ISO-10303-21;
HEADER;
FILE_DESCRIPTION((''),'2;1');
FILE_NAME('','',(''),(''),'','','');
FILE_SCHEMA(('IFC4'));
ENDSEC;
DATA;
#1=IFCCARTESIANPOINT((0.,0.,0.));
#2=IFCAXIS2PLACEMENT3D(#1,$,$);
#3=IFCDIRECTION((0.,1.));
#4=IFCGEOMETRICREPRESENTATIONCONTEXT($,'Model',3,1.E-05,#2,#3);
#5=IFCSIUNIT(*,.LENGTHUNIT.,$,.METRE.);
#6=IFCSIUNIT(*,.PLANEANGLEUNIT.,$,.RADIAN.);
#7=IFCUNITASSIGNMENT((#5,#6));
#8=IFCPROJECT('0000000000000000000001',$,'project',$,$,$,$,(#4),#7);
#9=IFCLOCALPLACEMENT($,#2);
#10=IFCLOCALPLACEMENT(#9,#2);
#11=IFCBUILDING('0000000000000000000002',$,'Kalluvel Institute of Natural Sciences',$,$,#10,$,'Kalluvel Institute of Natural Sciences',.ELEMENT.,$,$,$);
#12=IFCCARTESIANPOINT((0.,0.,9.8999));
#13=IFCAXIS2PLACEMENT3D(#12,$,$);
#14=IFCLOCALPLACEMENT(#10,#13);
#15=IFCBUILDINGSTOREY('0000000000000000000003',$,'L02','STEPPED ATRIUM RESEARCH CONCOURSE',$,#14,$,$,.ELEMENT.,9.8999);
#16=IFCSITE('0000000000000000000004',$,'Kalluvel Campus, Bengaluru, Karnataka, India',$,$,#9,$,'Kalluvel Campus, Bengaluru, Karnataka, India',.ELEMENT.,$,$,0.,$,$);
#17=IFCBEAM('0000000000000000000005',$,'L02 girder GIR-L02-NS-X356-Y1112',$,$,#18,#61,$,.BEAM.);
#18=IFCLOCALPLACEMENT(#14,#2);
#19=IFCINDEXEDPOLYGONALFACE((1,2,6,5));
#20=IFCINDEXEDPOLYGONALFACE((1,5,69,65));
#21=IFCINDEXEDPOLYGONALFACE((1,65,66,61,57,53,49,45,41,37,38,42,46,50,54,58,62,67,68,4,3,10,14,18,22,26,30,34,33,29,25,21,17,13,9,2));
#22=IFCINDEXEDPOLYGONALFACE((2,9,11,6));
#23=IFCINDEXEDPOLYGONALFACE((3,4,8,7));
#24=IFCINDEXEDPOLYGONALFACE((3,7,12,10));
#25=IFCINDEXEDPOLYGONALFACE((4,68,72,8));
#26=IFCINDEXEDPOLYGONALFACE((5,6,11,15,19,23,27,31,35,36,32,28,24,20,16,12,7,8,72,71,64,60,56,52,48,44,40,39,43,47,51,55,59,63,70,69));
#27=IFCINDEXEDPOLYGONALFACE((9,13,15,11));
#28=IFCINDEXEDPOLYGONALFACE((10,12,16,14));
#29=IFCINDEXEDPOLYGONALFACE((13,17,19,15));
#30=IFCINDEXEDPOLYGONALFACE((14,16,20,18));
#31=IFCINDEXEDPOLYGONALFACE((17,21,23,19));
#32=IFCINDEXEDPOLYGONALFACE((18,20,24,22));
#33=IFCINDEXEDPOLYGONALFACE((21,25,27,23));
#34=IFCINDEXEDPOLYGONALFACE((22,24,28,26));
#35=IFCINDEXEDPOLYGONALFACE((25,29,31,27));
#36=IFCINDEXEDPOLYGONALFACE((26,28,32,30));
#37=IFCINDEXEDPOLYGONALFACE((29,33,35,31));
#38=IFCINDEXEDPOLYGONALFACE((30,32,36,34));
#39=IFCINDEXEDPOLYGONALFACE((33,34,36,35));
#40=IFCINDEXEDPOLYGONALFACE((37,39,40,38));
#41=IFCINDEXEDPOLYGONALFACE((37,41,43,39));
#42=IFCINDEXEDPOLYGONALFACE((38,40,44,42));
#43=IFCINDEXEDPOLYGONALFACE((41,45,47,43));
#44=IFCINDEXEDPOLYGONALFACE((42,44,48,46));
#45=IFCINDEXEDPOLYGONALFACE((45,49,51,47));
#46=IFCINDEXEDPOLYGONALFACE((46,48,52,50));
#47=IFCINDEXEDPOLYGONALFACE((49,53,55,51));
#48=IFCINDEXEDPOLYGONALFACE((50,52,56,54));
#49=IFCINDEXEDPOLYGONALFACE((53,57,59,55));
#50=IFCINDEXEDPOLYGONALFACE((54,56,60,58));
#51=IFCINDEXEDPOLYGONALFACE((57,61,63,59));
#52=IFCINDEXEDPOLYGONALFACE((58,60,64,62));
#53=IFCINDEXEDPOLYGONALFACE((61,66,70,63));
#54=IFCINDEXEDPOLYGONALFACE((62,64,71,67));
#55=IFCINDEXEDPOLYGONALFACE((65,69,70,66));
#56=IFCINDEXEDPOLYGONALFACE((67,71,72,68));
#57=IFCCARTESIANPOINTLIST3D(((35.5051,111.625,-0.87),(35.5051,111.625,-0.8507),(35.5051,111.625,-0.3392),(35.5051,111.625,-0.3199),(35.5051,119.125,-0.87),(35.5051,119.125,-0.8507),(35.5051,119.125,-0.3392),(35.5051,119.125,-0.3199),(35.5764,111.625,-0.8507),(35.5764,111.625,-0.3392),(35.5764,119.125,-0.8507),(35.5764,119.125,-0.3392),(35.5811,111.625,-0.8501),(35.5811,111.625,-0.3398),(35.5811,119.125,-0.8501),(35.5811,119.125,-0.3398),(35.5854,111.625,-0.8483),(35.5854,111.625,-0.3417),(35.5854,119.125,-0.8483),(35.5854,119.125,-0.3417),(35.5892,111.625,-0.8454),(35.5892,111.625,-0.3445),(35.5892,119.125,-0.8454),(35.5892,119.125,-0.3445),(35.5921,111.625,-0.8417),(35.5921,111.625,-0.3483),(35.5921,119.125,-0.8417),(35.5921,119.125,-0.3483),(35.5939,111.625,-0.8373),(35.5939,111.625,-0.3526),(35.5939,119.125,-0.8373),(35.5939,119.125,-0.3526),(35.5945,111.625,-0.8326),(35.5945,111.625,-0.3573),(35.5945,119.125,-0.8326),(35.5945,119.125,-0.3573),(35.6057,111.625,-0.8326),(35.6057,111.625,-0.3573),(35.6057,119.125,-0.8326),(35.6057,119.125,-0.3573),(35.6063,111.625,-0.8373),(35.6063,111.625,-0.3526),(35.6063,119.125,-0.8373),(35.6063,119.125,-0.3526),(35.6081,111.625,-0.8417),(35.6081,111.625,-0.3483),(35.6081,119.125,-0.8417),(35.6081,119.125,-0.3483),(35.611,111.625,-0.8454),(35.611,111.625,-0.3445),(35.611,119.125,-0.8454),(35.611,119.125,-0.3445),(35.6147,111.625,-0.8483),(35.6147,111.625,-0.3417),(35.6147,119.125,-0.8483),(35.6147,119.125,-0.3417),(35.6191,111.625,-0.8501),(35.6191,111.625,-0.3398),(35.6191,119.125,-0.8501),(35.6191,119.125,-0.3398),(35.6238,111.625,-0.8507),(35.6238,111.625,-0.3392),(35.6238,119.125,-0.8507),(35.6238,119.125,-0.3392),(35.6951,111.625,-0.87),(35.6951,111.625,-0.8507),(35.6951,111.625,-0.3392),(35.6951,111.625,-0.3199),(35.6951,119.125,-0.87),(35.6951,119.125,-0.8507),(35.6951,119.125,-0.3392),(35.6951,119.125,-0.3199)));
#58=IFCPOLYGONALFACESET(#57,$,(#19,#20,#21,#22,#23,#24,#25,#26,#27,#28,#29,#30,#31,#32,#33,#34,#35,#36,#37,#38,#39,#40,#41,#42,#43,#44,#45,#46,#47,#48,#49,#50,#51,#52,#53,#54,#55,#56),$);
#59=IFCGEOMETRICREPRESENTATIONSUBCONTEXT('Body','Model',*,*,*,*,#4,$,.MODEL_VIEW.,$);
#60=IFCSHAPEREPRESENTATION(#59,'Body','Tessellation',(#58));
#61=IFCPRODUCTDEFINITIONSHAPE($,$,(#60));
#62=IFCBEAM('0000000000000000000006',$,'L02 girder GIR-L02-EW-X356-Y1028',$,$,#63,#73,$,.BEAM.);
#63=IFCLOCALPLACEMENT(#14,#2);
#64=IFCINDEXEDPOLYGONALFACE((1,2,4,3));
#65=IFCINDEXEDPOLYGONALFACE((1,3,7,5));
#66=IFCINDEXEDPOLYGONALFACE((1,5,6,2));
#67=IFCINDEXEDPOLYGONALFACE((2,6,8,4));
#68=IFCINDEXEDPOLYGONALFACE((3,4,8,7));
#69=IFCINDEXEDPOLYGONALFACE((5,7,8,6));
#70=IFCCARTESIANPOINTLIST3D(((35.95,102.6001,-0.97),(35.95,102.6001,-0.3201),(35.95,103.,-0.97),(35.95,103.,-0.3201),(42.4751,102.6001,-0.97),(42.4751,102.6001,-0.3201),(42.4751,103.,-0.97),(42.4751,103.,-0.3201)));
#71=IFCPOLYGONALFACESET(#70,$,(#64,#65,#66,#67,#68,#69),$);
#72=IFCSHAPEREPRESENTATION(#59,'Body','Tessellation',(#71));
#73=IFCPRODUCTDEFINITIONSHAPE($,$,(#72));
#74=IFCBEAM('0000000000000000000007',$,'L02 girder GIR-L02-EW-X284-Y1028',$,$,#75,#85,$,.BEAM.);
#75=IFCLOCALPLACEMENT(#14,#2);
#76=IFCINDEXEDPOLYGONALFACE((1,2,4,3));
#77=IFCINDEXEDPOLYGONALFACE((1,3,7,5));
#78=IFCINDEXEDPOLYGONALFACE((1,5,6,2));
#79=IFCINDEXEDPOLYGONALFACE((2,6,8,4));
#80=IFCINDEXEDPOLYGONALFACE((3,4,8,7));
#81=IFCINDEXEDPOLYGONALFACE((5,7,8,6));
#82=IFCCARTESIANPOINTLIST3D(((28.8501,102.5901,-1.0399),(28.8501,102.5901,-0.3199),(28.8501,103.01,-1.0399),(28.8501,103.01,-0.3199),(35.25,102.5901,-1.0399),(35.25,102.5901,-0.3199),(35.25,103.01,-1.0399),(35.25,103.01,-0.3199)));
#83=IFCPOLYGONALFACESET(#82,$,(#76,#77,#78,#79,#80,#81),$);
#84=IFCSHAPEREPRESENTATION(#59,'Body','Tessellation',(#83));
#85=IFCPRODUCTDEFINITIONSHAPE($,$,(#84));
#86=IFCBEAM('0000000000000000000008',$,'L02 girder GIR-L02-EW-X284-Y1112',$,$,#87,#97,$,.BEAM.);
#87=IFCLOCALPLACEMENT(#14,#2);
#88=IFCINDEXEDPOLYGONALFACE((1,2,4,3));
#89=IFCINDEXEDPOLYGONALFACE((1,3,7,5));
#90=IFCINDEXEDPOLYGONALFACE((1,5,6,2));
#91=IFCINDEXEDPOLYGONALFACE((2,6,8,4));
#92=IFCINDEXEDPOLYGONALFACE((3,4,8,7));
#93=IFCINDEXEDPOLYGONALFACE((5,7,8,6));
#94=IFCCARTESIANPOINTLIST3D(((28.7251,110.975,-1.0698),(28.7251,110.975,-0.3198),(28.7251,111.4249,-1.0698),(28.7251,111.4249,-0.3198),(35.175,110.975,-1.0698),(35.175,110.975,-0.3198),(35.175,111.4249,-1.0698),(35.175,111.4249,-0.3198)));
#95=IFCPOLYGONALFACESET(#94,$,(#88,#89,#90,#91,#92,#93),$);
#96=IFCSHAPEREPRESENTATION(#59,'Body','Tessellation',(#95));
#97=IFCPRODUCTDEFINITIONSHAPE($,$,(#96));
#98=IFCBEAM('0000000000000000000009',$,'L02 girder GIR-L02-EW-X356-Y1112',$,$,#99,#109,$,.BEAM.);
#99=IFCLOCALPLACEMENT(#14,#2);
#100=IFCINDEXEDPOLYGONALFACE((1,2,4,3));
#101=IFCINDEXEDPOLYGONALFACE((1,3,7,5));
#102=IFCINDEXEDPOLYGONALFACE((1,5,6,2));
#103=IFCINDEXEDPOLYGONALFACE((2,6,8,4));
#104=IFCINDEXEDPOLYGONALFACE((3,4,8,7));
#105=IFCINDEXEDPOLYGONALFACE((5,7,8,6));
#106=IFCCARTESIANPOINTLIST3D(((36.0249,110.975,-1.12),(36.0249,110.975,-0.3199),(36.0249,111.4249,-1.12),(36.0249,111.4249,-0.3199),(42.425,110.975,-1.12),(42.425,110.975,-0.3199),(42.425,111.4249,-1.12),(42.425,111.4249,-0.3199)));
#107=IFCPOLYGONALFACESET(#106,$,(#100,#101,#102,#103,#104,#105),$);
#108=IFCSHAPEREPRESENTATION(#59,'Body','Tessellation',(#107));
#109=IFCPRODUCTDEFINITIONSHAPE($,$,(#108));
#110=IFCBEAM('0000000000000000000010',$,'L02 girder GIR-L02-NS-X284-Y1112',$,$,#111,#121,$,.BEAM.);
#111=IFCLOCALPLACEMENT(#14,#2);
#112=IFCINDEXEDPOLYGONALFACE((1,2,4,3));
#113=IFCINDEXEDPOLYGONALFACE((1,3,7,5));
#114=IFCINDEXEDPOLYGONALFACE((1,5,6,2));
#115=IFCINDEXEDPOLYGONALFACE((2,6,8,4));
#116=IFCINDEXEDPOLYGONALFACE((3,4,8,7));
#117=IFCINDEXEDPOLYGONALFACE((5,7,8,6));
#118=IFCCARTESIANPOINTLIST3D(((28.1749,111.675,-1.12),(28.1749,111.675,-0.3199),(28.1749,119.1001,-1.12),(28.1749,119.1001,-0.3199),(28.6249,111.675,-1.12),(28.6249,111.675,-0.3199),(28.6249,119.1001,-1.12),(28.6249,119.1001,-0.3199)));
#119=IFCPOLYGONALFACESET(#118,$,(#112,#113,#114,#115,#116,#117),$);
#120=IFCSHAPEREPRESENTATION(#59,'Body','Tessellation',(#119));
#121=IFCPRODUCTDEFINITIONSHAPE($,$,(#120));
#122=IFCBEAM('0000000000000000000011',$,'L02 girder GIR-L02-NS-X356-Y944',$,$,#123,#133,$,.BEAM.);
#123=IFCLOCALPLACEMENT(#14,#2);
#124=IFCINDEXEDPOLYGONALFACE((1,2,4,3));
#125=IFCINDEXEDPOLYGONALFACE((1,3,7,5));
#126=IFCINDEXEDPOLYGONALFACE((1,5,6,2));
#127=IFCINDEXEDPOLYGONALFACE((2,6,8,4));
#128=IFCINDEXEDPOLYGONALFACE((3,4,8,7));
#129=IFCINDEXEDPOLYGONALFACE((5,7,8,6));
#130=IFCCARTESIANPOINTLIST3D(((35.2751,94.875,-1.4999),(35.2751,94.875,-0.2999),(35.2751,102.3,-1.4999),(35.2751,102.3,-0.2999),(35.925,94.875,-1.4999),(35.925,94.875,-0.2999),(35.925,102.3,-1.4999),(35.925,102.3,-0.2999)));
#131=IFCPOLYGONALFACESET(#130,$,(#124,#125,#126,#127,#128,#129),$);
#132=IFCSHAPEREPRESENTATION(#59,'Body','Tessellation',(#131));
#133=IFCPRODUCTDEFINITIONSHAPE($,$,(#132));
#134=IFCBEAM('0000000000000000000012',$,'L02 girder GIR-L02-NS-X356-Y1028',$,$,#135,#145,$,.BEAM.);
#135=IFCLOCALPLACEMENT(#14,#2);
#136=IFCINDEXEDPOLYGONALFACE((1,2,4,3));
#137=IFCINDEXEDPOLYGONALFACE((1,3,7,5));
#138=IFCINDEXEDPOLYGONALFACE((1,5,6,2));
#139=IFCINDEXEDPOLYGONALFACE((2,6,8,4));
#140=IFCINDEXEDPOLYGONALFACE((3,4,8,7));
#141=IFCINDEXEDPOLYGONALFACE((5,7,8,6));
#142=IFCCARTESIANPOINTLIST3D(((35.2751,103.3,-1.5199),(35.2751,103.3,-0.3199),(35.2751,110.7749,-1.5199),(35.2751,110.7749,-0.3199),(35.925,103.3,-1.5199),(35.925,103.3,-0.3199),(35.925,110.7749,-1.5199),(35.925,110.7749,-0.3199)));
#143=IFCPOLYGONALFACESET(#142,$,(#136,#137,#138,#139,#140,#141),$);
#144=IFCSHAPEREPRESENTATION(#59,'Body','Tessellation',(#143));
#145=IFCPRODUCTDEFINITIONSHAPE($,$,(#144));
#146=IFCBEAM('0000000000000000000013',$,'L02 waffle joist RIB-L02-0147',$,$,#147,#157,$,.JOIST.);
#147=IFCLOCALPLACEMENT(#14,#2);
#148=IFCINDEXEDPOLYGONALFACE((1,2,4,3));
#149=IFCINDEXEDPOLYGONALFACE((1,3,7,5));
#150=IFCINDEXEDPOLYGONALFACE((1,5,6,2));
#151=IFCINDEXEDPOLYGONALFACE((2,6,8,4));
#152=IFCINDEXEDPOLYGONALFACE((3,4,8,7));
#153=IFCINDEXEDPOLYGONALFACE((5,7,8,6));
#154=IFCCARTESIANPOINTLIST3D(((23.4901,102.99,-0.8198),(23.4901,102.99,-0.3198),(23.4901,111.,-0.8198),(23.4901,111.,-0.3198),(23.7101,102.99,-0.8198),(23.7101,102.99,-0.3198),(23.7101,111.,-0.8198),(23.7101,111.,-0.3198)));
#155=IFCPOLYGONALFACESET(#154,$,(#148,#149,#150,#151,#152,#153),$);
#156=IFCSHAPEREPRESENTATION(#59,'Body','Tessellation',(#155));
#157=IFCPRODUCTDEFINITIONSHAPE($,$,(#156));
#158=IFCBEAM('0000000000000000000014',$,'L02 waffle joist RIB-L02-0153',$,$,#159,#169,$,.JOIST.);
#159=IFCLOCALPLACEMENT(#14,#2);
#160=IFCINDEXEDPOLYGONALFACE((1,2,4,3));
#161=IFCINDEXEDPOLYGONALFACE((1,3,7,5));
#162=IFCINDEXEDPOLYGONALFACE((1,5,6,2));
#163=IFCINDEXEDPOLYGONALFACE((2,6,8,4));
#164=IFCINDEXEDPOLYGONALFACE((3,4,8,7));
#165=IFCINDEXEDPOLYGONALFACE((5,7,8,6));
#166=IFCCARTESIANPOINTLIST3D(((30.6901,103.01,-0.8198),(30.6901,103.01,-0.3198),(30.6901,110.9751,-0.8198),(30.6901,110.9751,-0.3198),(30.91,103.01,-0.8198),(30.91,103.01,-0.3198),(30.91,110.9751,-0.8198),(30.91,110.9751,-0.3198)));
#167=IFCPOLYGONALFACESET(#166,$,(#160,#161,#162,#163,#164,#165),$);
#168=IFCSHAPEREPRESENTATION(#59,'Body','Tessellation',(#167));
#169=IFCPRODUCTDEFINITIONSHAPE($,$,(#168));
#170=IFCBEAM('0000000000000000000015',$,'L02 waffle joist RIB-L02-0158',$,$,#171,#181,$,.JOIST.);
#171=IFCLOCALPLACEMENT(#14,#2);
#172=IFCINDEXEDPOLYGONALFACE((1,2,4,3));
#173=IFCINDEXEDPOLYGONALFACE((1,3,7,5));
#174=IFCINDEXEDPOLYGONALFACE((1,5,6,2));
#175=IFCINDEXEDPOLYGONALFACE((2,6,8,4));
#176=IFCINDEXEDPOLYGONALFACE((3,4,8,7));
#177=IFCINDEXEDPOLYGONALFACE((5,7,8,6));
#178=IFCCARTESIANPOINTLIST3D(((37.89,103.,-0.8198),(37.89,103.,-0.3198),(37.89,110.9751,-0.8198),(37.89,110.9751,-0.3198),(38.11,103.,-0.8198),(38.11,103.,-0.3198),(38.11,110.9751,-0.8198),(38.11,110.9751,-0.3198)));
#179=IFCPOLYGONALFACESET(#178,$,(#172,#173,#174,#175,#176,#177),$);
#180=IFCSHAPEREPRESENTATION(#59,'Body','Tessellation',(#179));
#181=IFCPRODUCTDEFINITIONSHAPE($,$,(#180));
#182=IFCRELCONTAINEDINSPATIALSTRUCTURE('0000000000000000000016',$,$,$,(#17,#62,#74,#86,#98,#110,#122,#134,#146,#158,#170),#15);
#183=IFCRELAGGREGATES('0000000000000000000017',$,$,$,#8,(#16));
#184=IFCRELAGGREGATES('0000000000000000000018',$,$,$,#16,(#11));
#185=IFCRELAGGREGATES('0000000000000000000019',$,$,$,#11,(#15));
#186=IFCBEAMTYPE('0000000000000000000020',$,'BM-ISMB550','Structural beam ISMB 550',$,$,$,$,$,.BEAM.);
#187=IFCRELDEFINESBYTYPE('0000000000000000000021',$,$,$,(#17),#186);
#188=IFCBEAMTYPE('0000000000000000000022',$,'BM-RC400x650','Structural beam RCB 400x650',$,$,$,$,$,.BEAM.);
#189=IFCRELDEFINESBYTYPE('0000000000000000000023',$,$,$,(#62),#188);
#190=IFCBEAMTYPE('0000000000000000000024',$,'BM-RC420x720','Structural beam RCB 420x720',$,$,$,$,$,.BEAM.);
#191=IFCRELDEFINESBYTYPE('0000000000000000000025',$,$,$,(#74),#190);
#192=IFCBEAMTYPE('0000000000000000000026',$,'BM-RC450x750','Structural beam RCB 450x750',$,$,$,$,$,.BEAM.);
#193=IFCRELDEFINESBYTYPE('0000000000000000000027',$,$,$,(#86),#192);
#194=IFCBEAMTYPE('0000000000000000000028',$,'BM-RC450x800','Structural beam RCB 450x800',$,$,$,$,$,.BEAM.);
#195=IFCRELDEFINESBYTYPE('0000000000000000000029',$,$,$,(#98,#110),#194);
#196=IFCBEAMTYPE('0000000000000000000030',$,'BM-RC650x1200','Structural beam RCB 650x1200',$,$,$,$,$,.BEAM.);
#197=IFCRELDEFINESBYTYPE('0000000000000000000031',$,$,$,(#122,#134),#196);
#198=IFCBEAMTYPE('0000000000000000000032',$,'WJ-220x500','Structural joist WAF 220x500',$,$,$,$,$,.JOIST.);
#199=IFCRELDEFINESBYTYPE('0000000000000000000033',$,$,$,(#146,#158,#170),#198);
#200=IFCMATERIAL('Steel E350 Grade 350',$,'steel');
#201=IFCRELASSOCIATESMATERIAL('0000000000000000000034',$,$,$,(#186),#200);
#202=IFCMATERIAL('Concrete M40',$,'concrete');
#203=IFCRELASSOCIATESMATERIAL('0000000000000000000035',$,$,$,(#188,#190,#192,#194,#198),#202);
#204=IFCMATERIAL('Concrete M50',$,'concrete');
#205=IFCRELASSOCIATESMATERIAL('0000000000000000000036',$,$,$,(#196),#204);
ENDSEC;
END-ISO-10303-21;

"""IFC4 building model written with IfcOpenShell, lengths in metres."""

from ifc_helpers import new_model, si_unit, direction, frame, origin, origin_2d, place, context, subcontext, project, spatial, rectangle, i_section, extrude, material, material_profile, profile_set, type_object, element, save


model = new_model("IFC4")

# Units and contexts
model_context = context("Model", 3, precision=1e-05, world=origin(), true_north=direction((0.0, 1.0)))
body_context = subcontext(model_context, "Body", "Model", "MODEL_VIEW")
ifc_project = project(units=[si_unit("LENGTHUNIT", "METRE"), si_unit("PLANEANGLEUNIT", "RADIAN")], contexts=[model_context])

# Site, building, storey
site_placement = place(None, origin())
site = spatial("IfcSite", under=ifc_project, at=site_placement, Name="Kalluvel Campus, Bengaluru, Karnataka, India", LongName="Kalluvel Campus, Bengaluru, Karnataka, India", CompositionType="ELEMENT", RefElevation=0.0)
building_placement = place(site_placement, origin())
building = spatial("IfcBuilding", under=site, at=building_placement, Name="Kalluvel Institute of Natural Sciences", LongName="Kalluvel Institute of Natural Sciences", CompositionType="ELEMENT")
storey_placement = place(building_placement, frame((0.0, 0.0, 9.8999)))
storey = spatial("IfcBuildingStorey", under=building, at=storey_placement, Name="L02", Description="STEPPED ATRIUM RESEARCH CONCOURSE", CompositionType="ELEMENT", Elevation=9.8999)

# Shared definitions
ifc_material_1 = material(Name="Concrete M50", Category="concrete")

# Beams
ifc_material_2 = material(Name="Steel E350 Grade 350", Category="steel")
ifc_material_profile_1 = material_profile(ifc_material_2, i_section(OverallWidth=0.1899, OverallDepth=0.55, WebThickness=0.0112, FlangeThickness=0.0193, FilletRadius=0.0181, at=origin_2d()), Name="ISMB 550")
ifc_profile_set_1 = profile_set([ifc_material_profile_1], Name="Steel E350 Grade 350")
beam_type_1 = type_object("IfcBeamType", Name="BM-ISMB550", Description="Structural beam ISMB 550", PredefinedType="BEAM", material=ifc_profile_set_1)
beam_1_placement = place(storey_placement, frame((35.6001, 111.625, -0.595), z_axis=(0.0, 1.0, 0.0), x_axis=(-1.0, 0.0, 0.0)))
element("IfcBeam", 1, at=beam_1_placement, inside=storey, type_object=beam_type_1, Name="L02 girder GIR-L02-NS-X356-Y1112", PredefinedType="BEAM", context=body_context, shape_type="SweptSolid", body=[
    extrude(i_section(OverallWidth=0.1899, OverallDepth=0.55, WebThickness=0.0112, FlangeThickness=0.0193, FilletRadius=0.0181, at=origin_2d()), origin(), (0.0, 0.0, 1.0), 7.5),
])
ifc_material_3 = material(Name="Concrete M40", Category="concrete")
ifc_material_profile_2 = material_profile(ifc_material_3, rectangle(XDim=0.3999, YDim=0.6499, at=origin_2d()), Name="RCB 400x650")
ifc_profile_set_2 = profile_set([ifc_material_profile_2], Name="Concrete M40")
beam_type_2 = type_object("IfcBeamType", Name="BM-RC400x650", Description="Structural beam RCB 400x650", PredefinedType="BEAM", material=ifc_profile_set_2)
beam_2_placement = place(storey_placement, frame((35.95, 102.8, -0.645), z_axis=(1.0, 0.0, 0.0), x_axis=(0.0, 1.0, 0.0)))
element("IfcBeam", 2, at=beam_2_placement, inside=storey, type_object=beam_type_2, Name="L02 girder GIR-L02-EW-X356-Y1028", PredefinedType="BEAM", context=body_context, shape_type="SweptSolid", body=[
    extrude(rectangle(XDim=0.3999, YDim=0.6499, at=origin_2d()), origin(), (0.0, 0.0, 1.0), 6.5251),
])
ifc_material_profile_3 = material_profile(ifc_material_3, rectangle(XDim=0.4199, YDim=0.72, at=origin_2d()), Name="RCB 420x720")
ifc_profile_set_3 = profile_set([ifc_material_profile_3], Name="Concrete M40")
beam_type_3 = type_object("IfcBeamType", Name="BM-RC420x720", Description="Structural beam RCB 420x720", PredefinedType="BEAM", material=ifc_profile_set_3)
beam_3_placement = place(storey_placement, frame((28.8501, 102.8, -0.6799), z_axis=(1.0, 0.0, 0.0), x_axis=(0.0, 1.0, 0.0)))
element("IfcBeam", 3, at=beam_3_placement, inside=storey, type_object=beam_type_3, Name="L02 girder GIR-L02-EW-X284-Y1028", PredefinedType="BEAM", context=body_context, shape_type="SweptSolid", body=[
    extrude(rectangle(XDim=0.4199, YDim=0.72, at=origin_2d()), origin(), (0.0, 0.0, 1.0), 6.3999),
])
ifc_material_profile_4 = material_profile(ifc_material_3, rectangle(XDim=0.45, YDim=0.75, at=origin_2d()), Name="RCB 450x750")
ifc_profile_set_4 = profile_set([ifc_material_profile_4], Name="Concrete M40")
beam_type_4 = type_object("IfcBeamType", Name="BM-RC450x750", Description="Structural beam RCB 450x750", PredefinedType="BEAM", material=ifc_profile_set_4)
beam_4_placement = place(storey_placement, frame((28.7251, 111.2, -0.6948), z_axis=(1.0, 0.0, 0.0), x_axis=(0.0, 1.0, 0.0)))
element("IfcBeam", 4, at=beam_4_placement, inside=storey, type_object=beam_type_4, Name="L02 girder GIR-L02-EW-X284-Y1112", PredefinedType="BEAM", context=body_context, shape_type="SweptSolid", body=[
    extrude(rectangle(XDim=0.45, YDim=0.75, at=origin_2d()), origin(), (0.0, 0.0, 1.0), 6.45),
])
ifc_material_profile_5 = material_profile(ifc_material_3, rectangle(XDim=0.45, YDim=0.8, at=origin_2d()), Name="RCB 450x800")
ifc_profile_set_5 = profile_set([ifc_material_profile_5], Name="Concrete M40")
beam_type_5 = type_object("IfcBeamType", Name="BM-RC450x800", Description="Structural beam RCB 450x800", PredefinedType="BEAM", material=ifc_profile_set_5)
beam_5_placement = place(storey_placement, frame((36.0249, 111.2, -0.72), z_axis=(1.0, 0.0, 0.0), x_axis=(0.0, 1.0, 0.0)))
element("IfcBeam", 5, at=beam_5_placement, inside=storey, type_object=beam_type_5, Name="L02 girder GIR-L02-EW-X356-Y1112", PredefinedType="BEAM", context=body_context, shape_type="SweptSolid", body=[
    extrude(rectangle(XDim=0.45, YDim=0.8, at=origin_2d()), origin(), (0.0, 0.0, 1.0), 6.4001),
])
beam_6_placement = place(storey_placement, frame((28.3999, 111.675, -0.72), z_axis=(0.0, 1.0, 0.0), x_axis=(-1.0, 0.0, 0.0)))
element("IfcBeam", 6, at=beam_6_placement, inside=storey, type_object=beam_type_5, Name="L02 girder GIR-L02-NS-X284-Y1112", PredefinedType="BEAM", context=body_context, shape_type="SweptSolid", body=[
    extrude(rectangle(XDim=0.45, YDim=0.8, at=origin_2d()), origin(), (0.0, 0.0, 1.0), 7.425),
])
ifc_material_profile_6 = material_profile(ifc_material_1, rectangle(XDim=0.6499, YDim=1.2, at=origin_2d()), Name="RCB 650x1200")
ifc_profile_set_6 = profile_set([ifc_material_profile_6], Name="Concrete M50")
beam_type_6 = type_object("IfcBeamType", Name="BM-RC650x1200", Description="Structural beam RCB 650x1200", PredefinedType="BEAM", material=ifc_profile_set_6)
beam_7_placement = place(storey_placement, frame((35.6001, 94.875, -0.8999), z_axis=(0.0, 1.0, 0.0), x_axis=(-1.0, 0.0, 0.0)))
element("IfcBeam", 7, at=beam_7_placement, inside=storey, type_object=beam_type_6, Name="L02 girder GIR-L02-NS-X356-Y944", PredefinedType="BEAM", context=body_context, shape_type="SweptSolid", body=[
    extrude(rectangle(XDim=0.6499, YDim=1.2, at=origin_2d()), origin(), (0.0, 0.0, 1.0), 7.425),
])
beam_8_placement = place(storey_placement, frame((35.6001, 103.3, -0.9199), z_axis=(0.0, 1.0, 0.0), x_axis=(-1.0, 0.0, 0.0)))
element("IfcBeam", 8, at=beam_8_placement, inside=storey, type_object=beam_type_6, Name="L02 girder GIR-L02-NS-X356-Y1028", PredefinedType="BEAM", context=body_context, shape_type="SweptSolid", body=[
    extrude(rectangle(XDim=0.6499, YDim=1.2, at=origin_2d()), origin(), (0.0, 0.0, 1.0), 7.4749),
])
ifc_material_profile_7 = material_profile(ifc_material_3, rectangle(XDim=0.22, YDim=0.5, at=origin_2d()), Name="WAF 220x500")
ifc_profile_set_7 = profile_set([ifc_material_profile_7], Name="Concrete M40")
beam_type_7 = type_object("IfcBeamType", Name="WJ-220x500", Description="Structural joist WAF 220x500", PredefinedType="JOIST", material=ifc_profile_set_7)
beam_9_placement = place(storey_placement, frame((23.6001, 102.99, -0.5698), z_axis=(0.0, 1.0, 0.0), x_axis=(-1.0, 0.0, 0.0)))
element("IfcBeam", 9, at=beam_9_placement, inside=storey, type_object=beam_type_7, Name="L02 waffle joist RIB-L02-0147", PredefinedType="JOIST", context=body_context, shape_type="SweptSolid", body=[
    extrude(rectangle(XDim=0.22, YDim=0.5, at=origin_2d()), origin(), (0.0, 0.0, 1.0), 8.01),
])
beam_10_placement = place(storey_placement, frame((30.8, 103.01, -0.5698), z_axis=(0.0, 1.0, 0.0), x_axis=(-1.0, 0.0, 0.0)))
element("IfcBeam", 10, at=beam_10_placement, inside=storey, type_object=beam_type_7, Name="L02 waffle joist RIB-L02-0153", PredefinedType="JOIST", context=body_context, shape_type="SweptSolid", body=[
    extrude(rectangle(XDim=0.22, YDim=0.5, at=origin_2d()), origin(), (0.0, 0.0, 1.0), 7.9651),
])
beam_11_placement = place(storey_placement, frame((38.0, 103.0, -0.5698), z_axis=(0.0, 1.0, 0.0), x_axis=(-1.0, 0.0, 0.0)))
element("IfcBeam", 11, at=beam_11_placement, inside=storey, type_object=beam_type_7, Name="L02 waffle joist RIB-L02-0158", PredefinedType="JOIST", context=body_context, shape_type="SweptSolid", body=[
    extrude(rectangle(XDim=0.22, YDim=0.5, at=origin_2d()), origin(), (0.0, 0.0, 1.0), 7.9751),
])

save(model, "model.ifc")
